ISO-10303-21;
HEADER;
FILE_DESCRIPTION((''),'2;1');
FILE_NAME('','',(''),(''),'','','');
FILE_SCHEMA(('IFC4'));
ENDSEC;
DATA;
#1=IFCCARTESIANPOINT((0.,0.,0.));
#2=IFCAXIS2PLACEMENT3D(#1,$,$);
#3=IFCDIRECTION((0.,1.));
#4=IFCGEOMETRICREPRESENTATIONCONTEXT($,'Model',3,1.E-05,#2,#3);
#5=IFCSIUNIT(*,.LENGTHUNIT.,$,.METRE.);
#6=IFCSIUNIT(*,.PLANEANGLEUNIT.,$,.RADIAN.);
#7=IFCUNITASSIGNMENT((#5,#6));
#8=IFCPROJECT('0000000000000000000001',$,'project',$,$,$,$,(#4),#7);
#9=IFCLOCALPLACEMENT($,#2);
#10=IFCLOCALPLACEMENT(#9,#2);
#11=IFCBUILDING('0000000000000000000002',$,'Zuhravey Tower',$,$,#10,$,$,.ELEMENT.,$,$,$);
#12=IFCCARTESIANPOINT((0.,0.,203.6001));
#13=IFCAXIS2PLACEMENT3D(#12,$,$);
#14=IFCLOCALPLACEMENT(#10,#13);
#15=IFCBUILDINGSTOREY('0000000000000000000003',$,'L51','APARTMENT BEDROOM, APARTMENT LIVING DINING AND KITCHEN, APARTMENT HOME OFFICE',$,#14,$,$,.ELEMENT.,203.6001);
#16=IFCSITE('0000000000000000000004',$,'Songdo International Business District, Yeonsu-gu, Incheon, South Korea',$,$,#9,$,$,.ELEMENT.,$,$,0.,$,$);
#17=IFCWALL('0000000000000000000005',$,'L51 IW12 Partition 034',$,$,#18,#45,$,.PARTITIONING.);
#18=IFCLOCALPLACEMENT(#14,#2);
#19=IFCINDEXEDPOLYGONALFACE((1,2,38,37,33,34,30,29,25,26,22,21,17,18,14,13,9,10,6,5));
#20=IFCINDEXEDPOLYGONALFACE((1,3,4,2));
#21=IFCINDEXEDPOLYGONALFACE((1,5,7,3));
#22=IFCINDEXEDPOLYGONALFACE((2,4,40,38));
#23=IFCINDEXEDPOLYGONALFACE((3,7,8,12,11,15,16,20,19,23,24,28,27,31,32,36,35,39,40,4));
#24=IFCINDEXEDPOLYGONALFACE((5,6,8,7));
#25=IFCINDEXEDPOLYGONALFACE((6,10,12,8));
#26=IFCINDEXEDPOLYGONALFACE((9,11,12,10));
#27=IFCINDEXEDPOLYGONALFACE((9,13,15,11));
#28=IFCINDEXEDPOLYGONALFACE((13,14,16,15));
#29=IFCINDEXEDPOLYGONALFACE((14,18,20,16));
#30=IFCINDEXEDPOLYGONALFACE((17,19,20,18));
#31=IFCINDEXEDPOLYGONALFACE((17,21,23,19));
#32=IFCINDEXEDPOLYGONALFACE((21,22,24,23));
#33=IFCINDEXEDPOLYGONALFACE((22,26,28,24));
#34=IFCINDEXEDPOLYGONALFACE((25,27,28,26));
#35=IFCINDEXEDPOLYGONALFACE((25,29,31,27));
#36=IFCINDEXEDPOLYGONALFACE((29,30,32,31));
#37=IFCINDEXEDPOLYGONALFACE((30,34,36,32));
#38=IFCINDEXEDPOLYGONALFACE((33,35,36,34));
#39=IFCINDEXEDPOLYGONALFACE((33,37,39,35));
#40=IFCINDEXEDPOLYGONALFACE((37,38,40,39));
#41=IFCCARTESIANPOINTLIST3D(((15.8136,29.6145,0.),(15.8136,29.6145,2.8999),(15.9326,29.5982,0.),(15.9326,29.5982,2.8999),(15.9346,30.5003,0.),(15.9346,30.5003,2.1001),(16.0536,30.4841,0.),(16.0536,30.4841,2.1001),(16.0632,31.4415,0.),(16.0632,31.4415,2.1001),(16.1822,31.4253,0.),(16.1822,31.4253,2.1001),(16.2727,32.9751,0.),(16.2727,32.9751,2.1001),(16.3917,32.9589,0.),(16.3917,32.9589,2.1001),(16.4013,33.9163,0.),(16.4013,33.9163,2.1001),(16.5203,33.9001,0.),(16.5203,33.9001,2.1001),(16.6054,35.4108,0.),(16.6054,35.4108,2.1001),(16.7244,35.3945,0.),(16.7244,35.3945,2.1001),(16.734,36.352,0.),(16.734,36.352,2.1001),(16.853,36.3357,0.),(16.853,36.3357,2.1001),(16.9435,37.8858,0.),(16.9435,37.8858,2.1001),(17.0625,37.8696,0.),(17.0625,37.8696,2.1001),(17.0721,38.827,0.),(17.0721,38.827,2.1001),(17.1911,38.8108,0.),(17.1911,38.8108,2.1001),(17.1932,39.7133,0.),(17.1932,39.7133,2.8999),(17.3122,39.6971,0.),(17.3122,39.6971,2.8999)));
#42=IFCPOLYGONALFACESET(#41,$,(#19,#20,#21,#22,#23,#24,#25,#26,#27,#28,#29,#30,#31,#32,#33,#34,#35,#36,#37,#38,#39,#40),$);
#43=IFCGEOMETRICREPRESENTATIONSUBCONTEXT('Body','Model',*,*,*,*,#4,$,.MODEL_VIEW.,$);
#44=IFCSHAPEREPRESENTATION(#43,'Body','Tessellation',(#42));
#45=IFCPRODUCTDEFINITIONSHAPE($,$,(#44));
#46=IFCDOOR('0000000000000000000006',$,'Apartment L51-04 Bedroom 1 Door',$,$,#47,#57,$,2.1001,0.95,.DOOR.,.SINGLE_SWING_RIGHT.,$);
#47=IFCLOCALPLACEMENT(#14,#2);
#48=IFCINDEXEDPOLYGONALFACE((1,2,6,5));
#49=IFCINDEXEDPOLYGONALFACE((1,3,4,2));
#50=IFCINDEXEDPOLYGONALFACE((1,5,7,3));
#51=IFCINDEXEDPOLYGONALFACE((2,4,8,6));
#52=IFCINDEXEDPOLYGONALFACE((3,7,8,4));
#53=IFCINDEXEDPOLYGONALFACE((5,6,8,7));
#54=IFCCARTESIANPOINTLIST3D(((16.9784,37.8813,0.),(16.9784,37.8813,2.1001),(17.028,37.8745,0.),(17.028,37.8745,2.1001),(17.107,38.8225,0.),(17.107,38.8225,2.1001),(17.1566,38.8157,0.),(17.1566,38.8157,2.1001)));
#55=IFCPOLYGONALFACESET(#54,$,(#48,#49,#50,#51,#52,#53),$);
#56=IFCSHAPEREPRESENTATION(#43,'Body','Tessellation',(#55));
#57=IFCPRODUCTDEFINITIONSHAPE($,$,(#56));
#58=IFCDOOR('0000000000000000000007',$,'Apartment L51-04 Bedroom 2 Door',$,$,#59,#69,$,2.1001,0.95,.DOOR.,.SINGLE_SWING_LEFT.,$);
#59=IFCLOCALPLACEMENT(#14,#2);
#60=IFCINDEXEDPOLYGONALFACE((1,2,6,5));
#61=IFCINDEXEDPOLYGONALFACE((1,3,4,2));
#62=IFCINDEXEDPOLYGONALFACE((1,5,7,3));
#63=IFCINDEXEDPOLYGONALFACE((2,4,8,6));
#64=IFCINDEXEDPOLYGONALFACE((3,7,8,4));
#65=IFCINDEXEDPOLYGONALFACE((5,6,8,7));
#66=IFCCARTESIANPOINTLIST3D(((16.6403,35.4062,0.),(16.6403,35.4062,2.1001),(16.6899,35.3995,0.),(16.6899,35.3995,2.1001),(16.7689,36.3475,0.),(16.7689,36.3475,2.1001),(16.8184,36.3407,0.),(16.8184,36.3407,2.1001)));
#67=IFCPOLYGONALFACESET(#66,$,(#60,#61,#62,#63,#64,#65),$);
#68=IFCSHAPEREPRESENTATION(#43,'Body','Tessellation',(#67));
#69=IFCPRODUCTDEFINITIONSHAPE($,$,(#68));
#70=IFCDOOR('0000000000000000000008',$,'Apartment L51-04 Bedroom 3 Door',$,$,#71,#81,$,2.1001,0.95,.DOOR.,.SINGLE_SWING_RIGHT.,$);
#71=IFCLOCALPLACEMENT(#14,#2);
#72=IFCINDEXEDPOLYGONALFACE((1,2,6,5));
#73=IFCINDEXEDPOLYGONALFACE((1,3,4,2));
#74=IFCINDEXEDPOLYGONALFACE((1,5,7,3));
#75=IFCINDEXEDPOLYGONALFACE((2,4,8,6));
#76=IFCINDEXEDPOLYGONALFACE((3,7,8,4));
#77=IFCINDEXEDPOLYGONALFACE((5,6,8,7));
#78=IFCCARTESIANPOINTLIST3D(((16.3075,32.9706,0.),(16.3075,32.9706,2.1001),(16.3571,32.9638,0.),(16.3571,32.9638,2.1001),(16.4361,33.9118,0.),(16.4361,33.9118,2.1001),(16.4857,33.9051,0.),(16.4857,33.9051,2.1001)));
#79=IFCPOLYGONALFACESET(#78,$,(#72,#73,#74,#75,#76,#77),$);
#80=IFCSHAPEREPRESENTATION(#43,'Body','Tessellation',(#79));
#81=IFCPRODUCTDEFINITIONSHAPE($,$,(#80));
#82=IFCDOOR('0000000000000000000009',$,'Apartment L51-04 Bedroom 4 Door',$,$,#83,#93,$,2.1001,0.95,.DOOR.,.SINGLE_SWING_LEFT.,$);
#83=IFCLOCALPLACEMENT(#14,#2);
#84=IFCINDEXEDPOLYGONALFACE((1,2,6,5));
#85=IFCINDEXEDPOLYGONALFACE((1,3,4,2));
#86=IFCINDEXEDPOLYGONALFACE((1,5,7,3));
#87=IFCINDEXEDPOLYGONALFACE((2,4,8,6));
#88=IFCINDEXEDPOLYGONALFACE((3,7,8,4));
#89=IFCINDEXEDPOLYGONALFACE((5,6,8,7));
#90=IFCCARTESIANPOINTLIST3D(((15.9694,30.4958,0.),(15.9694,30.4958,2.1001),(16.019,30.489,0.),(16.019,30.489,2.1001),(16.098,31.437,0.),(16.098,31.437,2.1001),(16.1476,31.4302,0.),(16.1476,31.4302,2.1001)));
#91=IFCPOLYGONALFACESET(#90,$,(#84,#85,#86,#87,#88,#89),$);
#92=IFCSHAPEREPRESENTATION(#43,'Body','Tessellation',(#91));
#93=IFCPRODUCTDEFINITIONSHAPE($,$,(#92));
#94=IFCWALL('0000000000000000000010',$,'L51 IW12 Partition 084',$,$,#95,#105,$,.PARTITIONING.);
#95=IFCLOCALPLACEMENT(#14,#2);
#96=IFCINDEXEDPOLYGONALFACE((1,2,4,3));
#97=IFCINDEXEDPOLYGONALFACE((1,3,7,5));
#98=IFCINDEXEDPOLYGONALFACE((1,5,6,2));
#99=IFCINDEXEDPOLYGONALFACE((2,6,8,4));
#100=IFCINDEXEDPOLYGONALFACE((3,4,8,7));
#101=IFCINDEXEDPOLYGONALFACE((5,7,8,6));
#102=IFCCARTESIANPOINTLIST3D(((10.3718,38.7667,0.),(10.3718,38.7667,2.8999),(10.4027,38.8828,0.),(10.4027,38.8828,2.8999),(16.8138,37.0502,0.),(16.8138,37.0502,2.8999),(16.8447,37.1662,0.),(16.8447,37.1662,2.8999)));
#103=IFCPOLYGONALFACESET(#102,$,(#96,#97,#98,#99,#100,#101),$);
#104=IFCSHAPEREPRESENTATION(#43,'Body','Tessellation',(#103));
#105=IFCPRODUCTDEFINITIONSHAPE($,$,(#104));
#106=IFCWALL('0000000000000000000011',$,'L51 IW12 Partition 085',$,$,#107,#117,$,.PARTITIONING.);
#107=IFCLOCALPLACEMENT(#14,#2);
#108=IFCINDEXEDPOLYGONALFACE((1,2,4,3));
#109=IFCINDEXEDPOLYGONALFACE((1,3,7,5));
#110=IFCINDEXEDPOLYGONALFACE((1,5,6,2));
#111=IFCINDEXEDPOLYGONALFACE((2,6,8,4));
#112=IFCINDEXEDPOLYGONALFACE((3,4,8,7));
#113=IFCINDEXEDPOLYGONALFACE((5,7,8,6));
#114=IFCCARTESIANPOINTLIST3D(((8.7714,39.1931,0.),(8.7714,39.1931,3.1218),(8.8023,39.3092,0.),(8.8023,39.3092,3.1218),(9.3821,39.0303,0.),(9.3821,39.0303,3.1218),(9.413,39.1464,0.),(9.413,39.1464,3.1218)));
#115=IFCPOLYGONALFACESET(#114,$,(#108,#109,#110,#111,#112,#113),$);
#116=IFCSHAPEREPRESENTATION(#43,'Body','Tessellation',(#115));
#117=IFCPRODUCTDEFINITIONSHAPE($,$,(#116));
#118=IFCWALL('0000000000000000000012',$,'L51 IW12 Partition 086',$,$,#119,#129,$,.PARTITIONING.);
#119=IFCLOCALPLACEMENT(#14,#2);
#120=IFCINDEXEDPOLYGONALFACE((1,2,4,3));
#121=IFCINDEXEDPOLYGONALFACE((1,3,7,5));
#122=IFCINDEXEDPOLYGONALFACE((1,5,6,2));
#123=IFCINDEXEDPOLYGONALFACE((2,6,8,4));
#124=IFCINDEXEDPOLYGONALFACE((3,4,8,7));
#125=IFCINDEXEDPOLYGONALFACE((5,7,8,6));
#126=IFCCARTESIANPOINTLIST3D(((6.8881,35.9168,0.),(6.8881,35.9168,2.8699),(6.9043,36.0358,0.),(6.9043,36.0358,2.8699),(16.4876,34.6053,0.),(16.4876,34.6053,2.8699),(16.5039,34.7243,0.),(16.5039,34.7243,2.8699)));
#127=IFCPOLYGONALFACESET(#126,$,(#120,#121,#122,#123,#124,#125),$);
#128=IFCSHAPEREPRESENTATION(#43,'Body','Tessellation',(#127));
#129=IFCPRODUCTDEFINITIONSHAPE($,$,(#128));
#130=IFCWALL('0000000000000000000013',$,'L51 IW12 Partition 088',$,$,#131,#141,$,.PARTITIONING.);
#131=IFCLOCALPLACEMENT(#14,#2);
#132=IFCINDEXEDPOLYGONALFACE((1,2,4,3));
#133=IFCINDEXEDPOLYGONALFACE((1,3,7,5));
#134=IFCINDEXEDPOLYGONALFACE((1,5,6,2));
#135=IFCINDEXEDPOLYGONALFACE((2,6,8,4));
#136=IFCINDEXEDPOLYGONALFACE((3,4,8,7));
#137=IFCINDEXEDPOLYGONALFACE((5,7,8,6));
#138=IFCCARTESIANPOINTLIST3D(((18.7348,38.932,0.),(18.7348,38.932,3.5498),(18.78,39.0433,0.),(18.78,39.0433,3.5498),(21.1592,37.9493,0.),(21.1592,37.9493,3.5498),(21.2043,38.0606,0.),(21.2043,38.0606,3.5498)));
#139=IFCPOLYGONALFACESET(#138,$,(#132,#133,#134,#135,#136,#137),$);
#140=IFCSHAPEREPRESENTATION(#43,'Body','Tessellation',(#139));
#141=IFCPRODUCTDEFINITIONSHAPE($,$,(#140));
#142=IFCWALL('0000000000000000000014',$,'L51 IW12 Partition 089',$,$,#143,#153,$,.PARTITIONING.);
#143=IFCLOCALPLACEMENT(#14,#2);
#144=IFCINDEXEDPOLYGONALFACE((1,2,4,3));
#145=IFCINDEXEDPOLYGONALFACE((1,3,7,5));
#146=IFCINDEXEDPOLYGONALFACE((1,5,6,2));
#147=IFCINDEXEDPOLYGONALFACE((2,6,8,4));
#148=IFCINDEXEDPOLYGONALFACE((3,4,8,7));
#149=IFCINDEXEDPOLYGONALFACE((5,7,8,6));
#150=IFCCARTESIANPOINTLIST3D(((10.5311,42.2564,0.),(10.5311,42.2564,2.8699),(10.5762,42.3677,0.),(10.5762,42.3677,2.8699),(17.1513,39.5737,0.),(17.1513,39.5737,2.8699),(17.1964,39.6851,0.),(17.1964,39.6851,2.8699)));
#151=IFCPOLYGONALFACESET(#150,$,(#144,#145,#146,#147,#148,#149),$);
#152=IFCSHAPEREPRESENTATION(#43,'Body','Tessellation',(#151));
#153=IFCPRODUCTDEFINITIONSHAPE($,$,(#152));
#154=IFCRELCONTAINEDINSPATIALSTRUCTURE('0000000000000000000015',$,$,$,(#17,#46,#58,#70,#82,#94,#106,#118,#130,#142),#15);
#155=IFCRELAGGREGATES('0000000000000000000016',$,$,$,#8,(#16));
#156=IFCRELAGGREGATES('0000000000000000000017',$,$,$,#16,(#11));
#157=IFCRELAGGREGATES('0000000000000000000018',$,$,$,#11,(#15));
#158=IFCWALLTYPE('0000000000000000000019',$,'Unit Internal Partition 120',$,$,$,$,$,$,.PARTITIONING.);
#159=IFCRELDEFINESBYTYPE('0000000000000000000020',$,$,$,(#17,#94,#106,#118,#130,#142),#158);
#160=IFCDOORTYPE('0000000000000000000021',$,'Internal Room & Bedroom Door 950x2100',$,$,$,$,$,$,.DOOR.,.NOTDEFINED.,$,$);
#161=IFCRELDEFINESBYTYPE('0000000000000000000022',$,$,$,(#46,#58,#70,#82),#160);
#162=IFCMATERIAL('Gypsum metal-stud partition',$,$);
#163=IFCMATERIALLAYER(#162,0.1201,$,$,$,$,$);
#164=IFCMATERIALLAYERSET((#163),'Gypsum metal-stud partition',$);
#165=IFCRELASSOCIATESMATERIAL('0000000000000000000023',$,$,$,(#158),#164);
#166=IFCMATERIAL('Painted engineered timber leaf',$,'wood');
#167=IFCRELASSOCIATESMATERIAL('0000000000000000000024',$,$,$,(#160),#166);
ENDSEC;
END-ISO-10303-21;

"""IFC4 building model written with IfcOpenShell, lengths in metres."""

from ifc_helpers import new_model, si_unit, direction, frame, frame_2d, origin, place, context, subcontext, project, spatial, rectangle, extrude, material, layer, layer_set, type_object, element, fill, save


model = new_model("IFC4")

# Units and contexts
model_context = context("Model", 3, precision=1e-05, world=origin(), true_north=direction((0.0, 1.0)))
body_context = subcontext(model_context, "Body", "Model", "MODEL_VIEW")
ifc_project = project(units=[si_unit("LENGTHUNIT", "METRE"), si_unit("PLANEANGLEUNIT", "RADIAN")], contexts=[model_context])

# Site, building, storey
site_placement = place(None, origin())
site = spatial("IfcSite", under=ifc_project, at=site_placement, Name="Songdo International Business District, Yeonsu-gu, Incheon, South Korea", CompositionType="ELEMENT", RefElevation=0.0)
building_placement = place(site_placement, origin())
building = spatial("IfcBuilding", under=site, at=building_placement, Name="Zuhravey Tower", CompositionType="ELEMENT")
storey_placement = place(building_placement, frame((0.0, 0.0, 203.6001)))
storey = spatial("IfcBuildingStorey", under=building, at=storey_placement, Name="L51", Description="APARTMENT BEDROOM, APARTMENT LIVING DINING AND KITCHEN, APARTMENT HOME OFFICE", CompositionType="ELEMENT", Elevation=203.6001)

# Wall, openings, doors
ifc_material_1 = material(Name="Gypsum metal-stud partition")
ifc_layer_1 = layer(ifc_material_1, 0.1201)
ifc_layer_set_1 = layer_set([ifc_layer_1], Name="Gypsum metal-stud partition")
wall_type_1 = type_object("IfcWallType", Name="Unit Internal Partition 120", PredefinedType="PARTITIONING", material=ifc_layer_set_1)
ifc_material_2 = material(Name="Painted engineered timber leaf", Category="wood")
door_type_1 = type_object("IfcDoorType", Name="Internal Room & Bedroom Door 950x2100", OperationType="NOTDEFINED", PredefinedType="DOOR", material=ifc_material_2)
wall_1_placement = place(storey_placement, frame((17.2527, 39.7051, 0.0), z_axis=(0.0, 0.0, 1.0), x_axis=(-0.135356, -0.990797, 0.0)))
wall_1 = element("IfcWall", 1, at=wall_1_placement, inside=storey, type_object=wall_type_1, Name="L51 IW12 Partition 034", PredefinedType="PARTITIONING", context=body_context, shape_type="SweptSolid", body=[
    extrude(rectangle(XDim=10.1926, YDim=0.1201, at=frame_2d((5.0962, 0.0))), origin(), (0.0, 0.0, 1.0), 2.8999),
])
opening_1_placement = place(wall_1_placement, frame((0.8943, 0.0, 0.0)))
opening_1 = element("IfcOpeningElement", 2, at=opening_1_placement, cuts=wall_1, PredefinedType="OPENING", context=body_context, shape_type="SweptSolid", body=[
    extrude(rectangle(XDim=0.95, YDim=2.1001, at=frame_2d((0.4751, 1.05))), frame((0.0, 0.072, 0.0), z_axis=(0.0, -1.0, 0.0), x_axis=(1.0, 0.0, 0.0)), (0.0, 0.0, 1.0), 0.144),
])
opening_2_placement = place(wall_1_placement, frame((3.3923, 0.0, 0.0)))
opening_2 = element("IfcOpeningElement", 3, at=opening_2_placement, cuts=wall_1, PredefinedType="OPENING", context=body_context, shape_type="SweptSolid", body=[
    extrude(rectangle(XDim=0.95, YDim=2.1001, at=frame_2d((0.4751, 1.05))), frame((0.0, 0.072, 0.0), z_axis=(0.0, -1.0, 0.0), x_axis=(1.0, 0.0, 0.0)), (0.0, 0.0, 1.0), 0.144),
])
opening_3_placement = place(wall_1_placement, frame((5.8506, 0.0, 0.0)))
opening_3 = element("IfcOpeningElement", 4, at=opening_3_placement, cuts=wall_1, PredefinedType="OPENING", context=body_context, shape_type="SweptSolid", body=[
    extrude(rectangle(XDim=0.95, YDim=2.1001, at=frame_2d((0.4751, 1.05))), frame((0.0, 0.072, 0.0), z_axis=(0.0, -1.0, 0.0), x_axis=(1.0, 0.0, 0.0)), (0.0, 0.0, 1.0), 0.144),
])
opening_4_placement = place(wall_1_placement, frame((8.3484, 0.0, 0.0)))
opening_4 = element("IfcOpeningElement", 5, at=opening_4_placement, cuts=wall_1, PredefinedType="OPENING", context=body_context, shape_type="SweptSolid", body=[
    extrude(rectangle(XDim=0.95, YDim=2.1001, at=frame_2d((0.4751, 1.05))), frame((0.0, 0.072, 0.0), z_axis=(0.0, -1.0, 0.0), x_axis=(1.0, 0.0, 0.0)), (0.0, 0.0, 1.0), 0.144),
])
door_1_placement = place(opening_1_placement, frame((0.95, 0.0, 0.0), z_axis=(0.0, 0.0, 1.0), x_axis=(-1.0, 0.0, 0.0)))
door_1 = element("IfcDoor", 6, at=door_1_placement, inside=storey, type_object=door_type_1, Name="Apartment L51-04 Bedroom 1 Door", OperationType="SINGLE_SWING_RIGHT", OverallHeight=2.1001, OverallWidth=0.95, PredefinedType="DOOR", context=body_context, shape_type="SweptSolid", body=[
    extrude(rectangle(XDim=0.95, YDim=2.1001, at=frame_2d((0.4751, 1.05))), frame((0.0, 0.0249, 0.0), z_axis=(0.0, -1.0, 0.0), x_axis=(1.0, 0.0, 0.0)), (0.0, 0.0, 1.0), 0.05),
])
fill(opening_1, door_1)
door_2_placement = place(opening_2_placement, frame((0.95, 0.0, 0.0), z_axis=(0.0, 0.0, 1.0), x_axis=(-1.0, 0.0, 0.0)))
door_2 = element("IfcDoor", 7, at=door_2_placement, inside=storey, type_object=door_type_1, Name="Apartment L51-04 Bedroom 2 Door", OperationType="SINGLE_SWING_LEFT", OverallHeight=2.1001, OverallWidth=0.95, PredefinedType="DOOR", context=body_context, shape_type="SweptSolid", body=[
    extrude(rectangle(XDim=0.95, YDim=2.1001, at=frame_2d((0.4751, 1.05))), frame((0.0, 0.0249, 0.0), z_axis=(0.0, -1.0, 0.0), x_axis=(1.0, 0.0, 0.0)), (0.0, 0.0, 1.0), 0.05),
])
fill(opening_2, door_2)
door_3_placement = place(opening_3_placement, frame((0.95, 0.0, 0.0), z_axis=(0.0, 0.0, 1.0), x_axis=(-1.0, 0.0, 0.0)))
door_3 = element("IfcDoor", 8, at=door_3_placement, inside=storey, type_object=door_type_1, Name="Apartment L51-04 Bedroom 3 Door", OperationType="SINGLE_SWING_RIGHT", OverallHeight=2.1001, OverallWidth=0.95, PredefinedType="DOOR", context=body_context, shape_type="SweptSolid", body=[
    extrude(rectangle(XDim=0.95, YDim=2.1001, at=frame_2d((0.4751, 1.05))), frame((0.0, 0.0249, 0.0), z_axis=(0.0, -1.0, 0.0), x_axis=(1.0, 0.0, 0.0)), (0.0, 0.0, 1.0), 0.05),
])
fill(opening_3, door_3)
door_4_placement = place(opening_4_placement, frame((0.95, 0.0, 0.0), z_axis=(0.0, 0.0, 1.0), x_axis=(-1.0, 0.0, 0.0)))
door_4 = element("IfcDoor", 9, at=door_4_placement, inside=storey, type_object=door_type_1, Name="Apartment L51-04 Bedroom 4 Door", OperationType="SINGLE_SWING_LEFT", OverallHeight=2.1001, OverallWidth=0.95, PredefinedType="DOOR", context=body_context, shape_type="SweptSolid", body=[
    extrude(rectangle(XDim=0.95, YDim=2.1001, at=frame_2d((0.4751, 1.05))), frame((0.0, 0.0249, 0.0), z_axis=(0.0, -1.0, 0.0), x_axis=(1.0, 0.0, 0.0)), (0.0, 0.0, 1.0), 0.05),
])
fill(opening_4, door_4)

# Walls
wall_2_placement = place(storey_placement, frame((16.8293, 37.1082, 0.0), z_axis=(0.0, 0.0, 1.0), x_axis=(-0.966283, 0.257483, 0.0)))
element("IfcWall", 10, at=wall_2_placement, inside=storey, type_object=wall_type_1, Name="L51 IW12 Partition 084", PredefinedType="PARTITIONING", context=body_context, shape_type="SweptSolid", body=[
    extrude(rectangle(XDim=6.6667, YDim=0.1201, at=frame_2d((3.3335, 0.0))), origin(), (0.0, 0.0, 1.0), 2.8999),
])
wall_3_placement = place(storey_placement, frame((9.3975, 39.0884, 0.0), z_axis=(0.0, 0.0, 1.0), x_axis=(-0.966254, 0.257591, 0.0)))
element("IfcWall", 11, at=wall_3_placement, inside=storey, type_object=wall_type_1, Name="L51 IW12 Partition 085", PredefinedType="PARTITIONING", context=body_context, shape_type="SweptSolid", body=[
    extrude(rectangle(XDim=0.6321, YDim=0.1201, at=frame_2d((0.3159, 0.0))), origin(), (0.0, 0.0, 1.0), 3.1218),
])
wall_4_placement = place(storey_placement, frame((16.4956, 34.6648, 0.0), z_axis=(0.0, 0.0, 1.0), x_axis=(-0.990796, 0.135365, 0.0)))
element("IfcWall", 12, at=wall_4_placement, inside=storey, type_object=wall_type_1, Name="L51 IW12 Partition 086", PredefinedType="PARTITIONING", context=body_context, shape_type="SweptSolid", body=[
    extrude(rectangle(XDim=9.6887, YDim=0.1201, at=frame_2d((4.8442, 0.0))), origin(), (0.0, 0.0, 1.0), 2.8699),
])
wall_5_placement = place(storey_placement, frame((21.1819, 38.0049, 0.0), z_axis=(0.0, 0.0, 1.0), x_axis=(-0.926761, 0.375651, 0.0)))
element("IfcWall", 13, at=wall_5_placement, inside=storey, type_object=wall_type_1, Name="L51 IW12 Partition 088", PredefinedType="PARTITIONING", context=body_context, shape_type="SweptSolid", body=[
    extrude(rectangle(XDim=2.616, YDim=0.1201, at=frame_2d((1.3081, 0.0))), origin(), (0.0, 0.0, 1.0), 3.5498),
])
wall_6_placement = place(storey_placement, frame((17.1738, 39.6294, 0.0), z_axis=(0.0, 0.0, 1.0), x_axis=(-0.926798, 0.375559, 0.0)))
element("IfcWall", 14, at=wall_6_placement, inside=storey, type_object=wall_type_1, Name="L51 IW12 Partition 089", PredefinedType="PARTITIONING", context=body_context, shape_type="SweptSolid", body=[
    extrude(rectangle(XDim=7.1431, YDim=0.1201, at=frame_2d((3.5715, 0.0))), origin(), (0.0, 0.0, 1.0), 2.8699),
])

save(model, "model.ifc")
